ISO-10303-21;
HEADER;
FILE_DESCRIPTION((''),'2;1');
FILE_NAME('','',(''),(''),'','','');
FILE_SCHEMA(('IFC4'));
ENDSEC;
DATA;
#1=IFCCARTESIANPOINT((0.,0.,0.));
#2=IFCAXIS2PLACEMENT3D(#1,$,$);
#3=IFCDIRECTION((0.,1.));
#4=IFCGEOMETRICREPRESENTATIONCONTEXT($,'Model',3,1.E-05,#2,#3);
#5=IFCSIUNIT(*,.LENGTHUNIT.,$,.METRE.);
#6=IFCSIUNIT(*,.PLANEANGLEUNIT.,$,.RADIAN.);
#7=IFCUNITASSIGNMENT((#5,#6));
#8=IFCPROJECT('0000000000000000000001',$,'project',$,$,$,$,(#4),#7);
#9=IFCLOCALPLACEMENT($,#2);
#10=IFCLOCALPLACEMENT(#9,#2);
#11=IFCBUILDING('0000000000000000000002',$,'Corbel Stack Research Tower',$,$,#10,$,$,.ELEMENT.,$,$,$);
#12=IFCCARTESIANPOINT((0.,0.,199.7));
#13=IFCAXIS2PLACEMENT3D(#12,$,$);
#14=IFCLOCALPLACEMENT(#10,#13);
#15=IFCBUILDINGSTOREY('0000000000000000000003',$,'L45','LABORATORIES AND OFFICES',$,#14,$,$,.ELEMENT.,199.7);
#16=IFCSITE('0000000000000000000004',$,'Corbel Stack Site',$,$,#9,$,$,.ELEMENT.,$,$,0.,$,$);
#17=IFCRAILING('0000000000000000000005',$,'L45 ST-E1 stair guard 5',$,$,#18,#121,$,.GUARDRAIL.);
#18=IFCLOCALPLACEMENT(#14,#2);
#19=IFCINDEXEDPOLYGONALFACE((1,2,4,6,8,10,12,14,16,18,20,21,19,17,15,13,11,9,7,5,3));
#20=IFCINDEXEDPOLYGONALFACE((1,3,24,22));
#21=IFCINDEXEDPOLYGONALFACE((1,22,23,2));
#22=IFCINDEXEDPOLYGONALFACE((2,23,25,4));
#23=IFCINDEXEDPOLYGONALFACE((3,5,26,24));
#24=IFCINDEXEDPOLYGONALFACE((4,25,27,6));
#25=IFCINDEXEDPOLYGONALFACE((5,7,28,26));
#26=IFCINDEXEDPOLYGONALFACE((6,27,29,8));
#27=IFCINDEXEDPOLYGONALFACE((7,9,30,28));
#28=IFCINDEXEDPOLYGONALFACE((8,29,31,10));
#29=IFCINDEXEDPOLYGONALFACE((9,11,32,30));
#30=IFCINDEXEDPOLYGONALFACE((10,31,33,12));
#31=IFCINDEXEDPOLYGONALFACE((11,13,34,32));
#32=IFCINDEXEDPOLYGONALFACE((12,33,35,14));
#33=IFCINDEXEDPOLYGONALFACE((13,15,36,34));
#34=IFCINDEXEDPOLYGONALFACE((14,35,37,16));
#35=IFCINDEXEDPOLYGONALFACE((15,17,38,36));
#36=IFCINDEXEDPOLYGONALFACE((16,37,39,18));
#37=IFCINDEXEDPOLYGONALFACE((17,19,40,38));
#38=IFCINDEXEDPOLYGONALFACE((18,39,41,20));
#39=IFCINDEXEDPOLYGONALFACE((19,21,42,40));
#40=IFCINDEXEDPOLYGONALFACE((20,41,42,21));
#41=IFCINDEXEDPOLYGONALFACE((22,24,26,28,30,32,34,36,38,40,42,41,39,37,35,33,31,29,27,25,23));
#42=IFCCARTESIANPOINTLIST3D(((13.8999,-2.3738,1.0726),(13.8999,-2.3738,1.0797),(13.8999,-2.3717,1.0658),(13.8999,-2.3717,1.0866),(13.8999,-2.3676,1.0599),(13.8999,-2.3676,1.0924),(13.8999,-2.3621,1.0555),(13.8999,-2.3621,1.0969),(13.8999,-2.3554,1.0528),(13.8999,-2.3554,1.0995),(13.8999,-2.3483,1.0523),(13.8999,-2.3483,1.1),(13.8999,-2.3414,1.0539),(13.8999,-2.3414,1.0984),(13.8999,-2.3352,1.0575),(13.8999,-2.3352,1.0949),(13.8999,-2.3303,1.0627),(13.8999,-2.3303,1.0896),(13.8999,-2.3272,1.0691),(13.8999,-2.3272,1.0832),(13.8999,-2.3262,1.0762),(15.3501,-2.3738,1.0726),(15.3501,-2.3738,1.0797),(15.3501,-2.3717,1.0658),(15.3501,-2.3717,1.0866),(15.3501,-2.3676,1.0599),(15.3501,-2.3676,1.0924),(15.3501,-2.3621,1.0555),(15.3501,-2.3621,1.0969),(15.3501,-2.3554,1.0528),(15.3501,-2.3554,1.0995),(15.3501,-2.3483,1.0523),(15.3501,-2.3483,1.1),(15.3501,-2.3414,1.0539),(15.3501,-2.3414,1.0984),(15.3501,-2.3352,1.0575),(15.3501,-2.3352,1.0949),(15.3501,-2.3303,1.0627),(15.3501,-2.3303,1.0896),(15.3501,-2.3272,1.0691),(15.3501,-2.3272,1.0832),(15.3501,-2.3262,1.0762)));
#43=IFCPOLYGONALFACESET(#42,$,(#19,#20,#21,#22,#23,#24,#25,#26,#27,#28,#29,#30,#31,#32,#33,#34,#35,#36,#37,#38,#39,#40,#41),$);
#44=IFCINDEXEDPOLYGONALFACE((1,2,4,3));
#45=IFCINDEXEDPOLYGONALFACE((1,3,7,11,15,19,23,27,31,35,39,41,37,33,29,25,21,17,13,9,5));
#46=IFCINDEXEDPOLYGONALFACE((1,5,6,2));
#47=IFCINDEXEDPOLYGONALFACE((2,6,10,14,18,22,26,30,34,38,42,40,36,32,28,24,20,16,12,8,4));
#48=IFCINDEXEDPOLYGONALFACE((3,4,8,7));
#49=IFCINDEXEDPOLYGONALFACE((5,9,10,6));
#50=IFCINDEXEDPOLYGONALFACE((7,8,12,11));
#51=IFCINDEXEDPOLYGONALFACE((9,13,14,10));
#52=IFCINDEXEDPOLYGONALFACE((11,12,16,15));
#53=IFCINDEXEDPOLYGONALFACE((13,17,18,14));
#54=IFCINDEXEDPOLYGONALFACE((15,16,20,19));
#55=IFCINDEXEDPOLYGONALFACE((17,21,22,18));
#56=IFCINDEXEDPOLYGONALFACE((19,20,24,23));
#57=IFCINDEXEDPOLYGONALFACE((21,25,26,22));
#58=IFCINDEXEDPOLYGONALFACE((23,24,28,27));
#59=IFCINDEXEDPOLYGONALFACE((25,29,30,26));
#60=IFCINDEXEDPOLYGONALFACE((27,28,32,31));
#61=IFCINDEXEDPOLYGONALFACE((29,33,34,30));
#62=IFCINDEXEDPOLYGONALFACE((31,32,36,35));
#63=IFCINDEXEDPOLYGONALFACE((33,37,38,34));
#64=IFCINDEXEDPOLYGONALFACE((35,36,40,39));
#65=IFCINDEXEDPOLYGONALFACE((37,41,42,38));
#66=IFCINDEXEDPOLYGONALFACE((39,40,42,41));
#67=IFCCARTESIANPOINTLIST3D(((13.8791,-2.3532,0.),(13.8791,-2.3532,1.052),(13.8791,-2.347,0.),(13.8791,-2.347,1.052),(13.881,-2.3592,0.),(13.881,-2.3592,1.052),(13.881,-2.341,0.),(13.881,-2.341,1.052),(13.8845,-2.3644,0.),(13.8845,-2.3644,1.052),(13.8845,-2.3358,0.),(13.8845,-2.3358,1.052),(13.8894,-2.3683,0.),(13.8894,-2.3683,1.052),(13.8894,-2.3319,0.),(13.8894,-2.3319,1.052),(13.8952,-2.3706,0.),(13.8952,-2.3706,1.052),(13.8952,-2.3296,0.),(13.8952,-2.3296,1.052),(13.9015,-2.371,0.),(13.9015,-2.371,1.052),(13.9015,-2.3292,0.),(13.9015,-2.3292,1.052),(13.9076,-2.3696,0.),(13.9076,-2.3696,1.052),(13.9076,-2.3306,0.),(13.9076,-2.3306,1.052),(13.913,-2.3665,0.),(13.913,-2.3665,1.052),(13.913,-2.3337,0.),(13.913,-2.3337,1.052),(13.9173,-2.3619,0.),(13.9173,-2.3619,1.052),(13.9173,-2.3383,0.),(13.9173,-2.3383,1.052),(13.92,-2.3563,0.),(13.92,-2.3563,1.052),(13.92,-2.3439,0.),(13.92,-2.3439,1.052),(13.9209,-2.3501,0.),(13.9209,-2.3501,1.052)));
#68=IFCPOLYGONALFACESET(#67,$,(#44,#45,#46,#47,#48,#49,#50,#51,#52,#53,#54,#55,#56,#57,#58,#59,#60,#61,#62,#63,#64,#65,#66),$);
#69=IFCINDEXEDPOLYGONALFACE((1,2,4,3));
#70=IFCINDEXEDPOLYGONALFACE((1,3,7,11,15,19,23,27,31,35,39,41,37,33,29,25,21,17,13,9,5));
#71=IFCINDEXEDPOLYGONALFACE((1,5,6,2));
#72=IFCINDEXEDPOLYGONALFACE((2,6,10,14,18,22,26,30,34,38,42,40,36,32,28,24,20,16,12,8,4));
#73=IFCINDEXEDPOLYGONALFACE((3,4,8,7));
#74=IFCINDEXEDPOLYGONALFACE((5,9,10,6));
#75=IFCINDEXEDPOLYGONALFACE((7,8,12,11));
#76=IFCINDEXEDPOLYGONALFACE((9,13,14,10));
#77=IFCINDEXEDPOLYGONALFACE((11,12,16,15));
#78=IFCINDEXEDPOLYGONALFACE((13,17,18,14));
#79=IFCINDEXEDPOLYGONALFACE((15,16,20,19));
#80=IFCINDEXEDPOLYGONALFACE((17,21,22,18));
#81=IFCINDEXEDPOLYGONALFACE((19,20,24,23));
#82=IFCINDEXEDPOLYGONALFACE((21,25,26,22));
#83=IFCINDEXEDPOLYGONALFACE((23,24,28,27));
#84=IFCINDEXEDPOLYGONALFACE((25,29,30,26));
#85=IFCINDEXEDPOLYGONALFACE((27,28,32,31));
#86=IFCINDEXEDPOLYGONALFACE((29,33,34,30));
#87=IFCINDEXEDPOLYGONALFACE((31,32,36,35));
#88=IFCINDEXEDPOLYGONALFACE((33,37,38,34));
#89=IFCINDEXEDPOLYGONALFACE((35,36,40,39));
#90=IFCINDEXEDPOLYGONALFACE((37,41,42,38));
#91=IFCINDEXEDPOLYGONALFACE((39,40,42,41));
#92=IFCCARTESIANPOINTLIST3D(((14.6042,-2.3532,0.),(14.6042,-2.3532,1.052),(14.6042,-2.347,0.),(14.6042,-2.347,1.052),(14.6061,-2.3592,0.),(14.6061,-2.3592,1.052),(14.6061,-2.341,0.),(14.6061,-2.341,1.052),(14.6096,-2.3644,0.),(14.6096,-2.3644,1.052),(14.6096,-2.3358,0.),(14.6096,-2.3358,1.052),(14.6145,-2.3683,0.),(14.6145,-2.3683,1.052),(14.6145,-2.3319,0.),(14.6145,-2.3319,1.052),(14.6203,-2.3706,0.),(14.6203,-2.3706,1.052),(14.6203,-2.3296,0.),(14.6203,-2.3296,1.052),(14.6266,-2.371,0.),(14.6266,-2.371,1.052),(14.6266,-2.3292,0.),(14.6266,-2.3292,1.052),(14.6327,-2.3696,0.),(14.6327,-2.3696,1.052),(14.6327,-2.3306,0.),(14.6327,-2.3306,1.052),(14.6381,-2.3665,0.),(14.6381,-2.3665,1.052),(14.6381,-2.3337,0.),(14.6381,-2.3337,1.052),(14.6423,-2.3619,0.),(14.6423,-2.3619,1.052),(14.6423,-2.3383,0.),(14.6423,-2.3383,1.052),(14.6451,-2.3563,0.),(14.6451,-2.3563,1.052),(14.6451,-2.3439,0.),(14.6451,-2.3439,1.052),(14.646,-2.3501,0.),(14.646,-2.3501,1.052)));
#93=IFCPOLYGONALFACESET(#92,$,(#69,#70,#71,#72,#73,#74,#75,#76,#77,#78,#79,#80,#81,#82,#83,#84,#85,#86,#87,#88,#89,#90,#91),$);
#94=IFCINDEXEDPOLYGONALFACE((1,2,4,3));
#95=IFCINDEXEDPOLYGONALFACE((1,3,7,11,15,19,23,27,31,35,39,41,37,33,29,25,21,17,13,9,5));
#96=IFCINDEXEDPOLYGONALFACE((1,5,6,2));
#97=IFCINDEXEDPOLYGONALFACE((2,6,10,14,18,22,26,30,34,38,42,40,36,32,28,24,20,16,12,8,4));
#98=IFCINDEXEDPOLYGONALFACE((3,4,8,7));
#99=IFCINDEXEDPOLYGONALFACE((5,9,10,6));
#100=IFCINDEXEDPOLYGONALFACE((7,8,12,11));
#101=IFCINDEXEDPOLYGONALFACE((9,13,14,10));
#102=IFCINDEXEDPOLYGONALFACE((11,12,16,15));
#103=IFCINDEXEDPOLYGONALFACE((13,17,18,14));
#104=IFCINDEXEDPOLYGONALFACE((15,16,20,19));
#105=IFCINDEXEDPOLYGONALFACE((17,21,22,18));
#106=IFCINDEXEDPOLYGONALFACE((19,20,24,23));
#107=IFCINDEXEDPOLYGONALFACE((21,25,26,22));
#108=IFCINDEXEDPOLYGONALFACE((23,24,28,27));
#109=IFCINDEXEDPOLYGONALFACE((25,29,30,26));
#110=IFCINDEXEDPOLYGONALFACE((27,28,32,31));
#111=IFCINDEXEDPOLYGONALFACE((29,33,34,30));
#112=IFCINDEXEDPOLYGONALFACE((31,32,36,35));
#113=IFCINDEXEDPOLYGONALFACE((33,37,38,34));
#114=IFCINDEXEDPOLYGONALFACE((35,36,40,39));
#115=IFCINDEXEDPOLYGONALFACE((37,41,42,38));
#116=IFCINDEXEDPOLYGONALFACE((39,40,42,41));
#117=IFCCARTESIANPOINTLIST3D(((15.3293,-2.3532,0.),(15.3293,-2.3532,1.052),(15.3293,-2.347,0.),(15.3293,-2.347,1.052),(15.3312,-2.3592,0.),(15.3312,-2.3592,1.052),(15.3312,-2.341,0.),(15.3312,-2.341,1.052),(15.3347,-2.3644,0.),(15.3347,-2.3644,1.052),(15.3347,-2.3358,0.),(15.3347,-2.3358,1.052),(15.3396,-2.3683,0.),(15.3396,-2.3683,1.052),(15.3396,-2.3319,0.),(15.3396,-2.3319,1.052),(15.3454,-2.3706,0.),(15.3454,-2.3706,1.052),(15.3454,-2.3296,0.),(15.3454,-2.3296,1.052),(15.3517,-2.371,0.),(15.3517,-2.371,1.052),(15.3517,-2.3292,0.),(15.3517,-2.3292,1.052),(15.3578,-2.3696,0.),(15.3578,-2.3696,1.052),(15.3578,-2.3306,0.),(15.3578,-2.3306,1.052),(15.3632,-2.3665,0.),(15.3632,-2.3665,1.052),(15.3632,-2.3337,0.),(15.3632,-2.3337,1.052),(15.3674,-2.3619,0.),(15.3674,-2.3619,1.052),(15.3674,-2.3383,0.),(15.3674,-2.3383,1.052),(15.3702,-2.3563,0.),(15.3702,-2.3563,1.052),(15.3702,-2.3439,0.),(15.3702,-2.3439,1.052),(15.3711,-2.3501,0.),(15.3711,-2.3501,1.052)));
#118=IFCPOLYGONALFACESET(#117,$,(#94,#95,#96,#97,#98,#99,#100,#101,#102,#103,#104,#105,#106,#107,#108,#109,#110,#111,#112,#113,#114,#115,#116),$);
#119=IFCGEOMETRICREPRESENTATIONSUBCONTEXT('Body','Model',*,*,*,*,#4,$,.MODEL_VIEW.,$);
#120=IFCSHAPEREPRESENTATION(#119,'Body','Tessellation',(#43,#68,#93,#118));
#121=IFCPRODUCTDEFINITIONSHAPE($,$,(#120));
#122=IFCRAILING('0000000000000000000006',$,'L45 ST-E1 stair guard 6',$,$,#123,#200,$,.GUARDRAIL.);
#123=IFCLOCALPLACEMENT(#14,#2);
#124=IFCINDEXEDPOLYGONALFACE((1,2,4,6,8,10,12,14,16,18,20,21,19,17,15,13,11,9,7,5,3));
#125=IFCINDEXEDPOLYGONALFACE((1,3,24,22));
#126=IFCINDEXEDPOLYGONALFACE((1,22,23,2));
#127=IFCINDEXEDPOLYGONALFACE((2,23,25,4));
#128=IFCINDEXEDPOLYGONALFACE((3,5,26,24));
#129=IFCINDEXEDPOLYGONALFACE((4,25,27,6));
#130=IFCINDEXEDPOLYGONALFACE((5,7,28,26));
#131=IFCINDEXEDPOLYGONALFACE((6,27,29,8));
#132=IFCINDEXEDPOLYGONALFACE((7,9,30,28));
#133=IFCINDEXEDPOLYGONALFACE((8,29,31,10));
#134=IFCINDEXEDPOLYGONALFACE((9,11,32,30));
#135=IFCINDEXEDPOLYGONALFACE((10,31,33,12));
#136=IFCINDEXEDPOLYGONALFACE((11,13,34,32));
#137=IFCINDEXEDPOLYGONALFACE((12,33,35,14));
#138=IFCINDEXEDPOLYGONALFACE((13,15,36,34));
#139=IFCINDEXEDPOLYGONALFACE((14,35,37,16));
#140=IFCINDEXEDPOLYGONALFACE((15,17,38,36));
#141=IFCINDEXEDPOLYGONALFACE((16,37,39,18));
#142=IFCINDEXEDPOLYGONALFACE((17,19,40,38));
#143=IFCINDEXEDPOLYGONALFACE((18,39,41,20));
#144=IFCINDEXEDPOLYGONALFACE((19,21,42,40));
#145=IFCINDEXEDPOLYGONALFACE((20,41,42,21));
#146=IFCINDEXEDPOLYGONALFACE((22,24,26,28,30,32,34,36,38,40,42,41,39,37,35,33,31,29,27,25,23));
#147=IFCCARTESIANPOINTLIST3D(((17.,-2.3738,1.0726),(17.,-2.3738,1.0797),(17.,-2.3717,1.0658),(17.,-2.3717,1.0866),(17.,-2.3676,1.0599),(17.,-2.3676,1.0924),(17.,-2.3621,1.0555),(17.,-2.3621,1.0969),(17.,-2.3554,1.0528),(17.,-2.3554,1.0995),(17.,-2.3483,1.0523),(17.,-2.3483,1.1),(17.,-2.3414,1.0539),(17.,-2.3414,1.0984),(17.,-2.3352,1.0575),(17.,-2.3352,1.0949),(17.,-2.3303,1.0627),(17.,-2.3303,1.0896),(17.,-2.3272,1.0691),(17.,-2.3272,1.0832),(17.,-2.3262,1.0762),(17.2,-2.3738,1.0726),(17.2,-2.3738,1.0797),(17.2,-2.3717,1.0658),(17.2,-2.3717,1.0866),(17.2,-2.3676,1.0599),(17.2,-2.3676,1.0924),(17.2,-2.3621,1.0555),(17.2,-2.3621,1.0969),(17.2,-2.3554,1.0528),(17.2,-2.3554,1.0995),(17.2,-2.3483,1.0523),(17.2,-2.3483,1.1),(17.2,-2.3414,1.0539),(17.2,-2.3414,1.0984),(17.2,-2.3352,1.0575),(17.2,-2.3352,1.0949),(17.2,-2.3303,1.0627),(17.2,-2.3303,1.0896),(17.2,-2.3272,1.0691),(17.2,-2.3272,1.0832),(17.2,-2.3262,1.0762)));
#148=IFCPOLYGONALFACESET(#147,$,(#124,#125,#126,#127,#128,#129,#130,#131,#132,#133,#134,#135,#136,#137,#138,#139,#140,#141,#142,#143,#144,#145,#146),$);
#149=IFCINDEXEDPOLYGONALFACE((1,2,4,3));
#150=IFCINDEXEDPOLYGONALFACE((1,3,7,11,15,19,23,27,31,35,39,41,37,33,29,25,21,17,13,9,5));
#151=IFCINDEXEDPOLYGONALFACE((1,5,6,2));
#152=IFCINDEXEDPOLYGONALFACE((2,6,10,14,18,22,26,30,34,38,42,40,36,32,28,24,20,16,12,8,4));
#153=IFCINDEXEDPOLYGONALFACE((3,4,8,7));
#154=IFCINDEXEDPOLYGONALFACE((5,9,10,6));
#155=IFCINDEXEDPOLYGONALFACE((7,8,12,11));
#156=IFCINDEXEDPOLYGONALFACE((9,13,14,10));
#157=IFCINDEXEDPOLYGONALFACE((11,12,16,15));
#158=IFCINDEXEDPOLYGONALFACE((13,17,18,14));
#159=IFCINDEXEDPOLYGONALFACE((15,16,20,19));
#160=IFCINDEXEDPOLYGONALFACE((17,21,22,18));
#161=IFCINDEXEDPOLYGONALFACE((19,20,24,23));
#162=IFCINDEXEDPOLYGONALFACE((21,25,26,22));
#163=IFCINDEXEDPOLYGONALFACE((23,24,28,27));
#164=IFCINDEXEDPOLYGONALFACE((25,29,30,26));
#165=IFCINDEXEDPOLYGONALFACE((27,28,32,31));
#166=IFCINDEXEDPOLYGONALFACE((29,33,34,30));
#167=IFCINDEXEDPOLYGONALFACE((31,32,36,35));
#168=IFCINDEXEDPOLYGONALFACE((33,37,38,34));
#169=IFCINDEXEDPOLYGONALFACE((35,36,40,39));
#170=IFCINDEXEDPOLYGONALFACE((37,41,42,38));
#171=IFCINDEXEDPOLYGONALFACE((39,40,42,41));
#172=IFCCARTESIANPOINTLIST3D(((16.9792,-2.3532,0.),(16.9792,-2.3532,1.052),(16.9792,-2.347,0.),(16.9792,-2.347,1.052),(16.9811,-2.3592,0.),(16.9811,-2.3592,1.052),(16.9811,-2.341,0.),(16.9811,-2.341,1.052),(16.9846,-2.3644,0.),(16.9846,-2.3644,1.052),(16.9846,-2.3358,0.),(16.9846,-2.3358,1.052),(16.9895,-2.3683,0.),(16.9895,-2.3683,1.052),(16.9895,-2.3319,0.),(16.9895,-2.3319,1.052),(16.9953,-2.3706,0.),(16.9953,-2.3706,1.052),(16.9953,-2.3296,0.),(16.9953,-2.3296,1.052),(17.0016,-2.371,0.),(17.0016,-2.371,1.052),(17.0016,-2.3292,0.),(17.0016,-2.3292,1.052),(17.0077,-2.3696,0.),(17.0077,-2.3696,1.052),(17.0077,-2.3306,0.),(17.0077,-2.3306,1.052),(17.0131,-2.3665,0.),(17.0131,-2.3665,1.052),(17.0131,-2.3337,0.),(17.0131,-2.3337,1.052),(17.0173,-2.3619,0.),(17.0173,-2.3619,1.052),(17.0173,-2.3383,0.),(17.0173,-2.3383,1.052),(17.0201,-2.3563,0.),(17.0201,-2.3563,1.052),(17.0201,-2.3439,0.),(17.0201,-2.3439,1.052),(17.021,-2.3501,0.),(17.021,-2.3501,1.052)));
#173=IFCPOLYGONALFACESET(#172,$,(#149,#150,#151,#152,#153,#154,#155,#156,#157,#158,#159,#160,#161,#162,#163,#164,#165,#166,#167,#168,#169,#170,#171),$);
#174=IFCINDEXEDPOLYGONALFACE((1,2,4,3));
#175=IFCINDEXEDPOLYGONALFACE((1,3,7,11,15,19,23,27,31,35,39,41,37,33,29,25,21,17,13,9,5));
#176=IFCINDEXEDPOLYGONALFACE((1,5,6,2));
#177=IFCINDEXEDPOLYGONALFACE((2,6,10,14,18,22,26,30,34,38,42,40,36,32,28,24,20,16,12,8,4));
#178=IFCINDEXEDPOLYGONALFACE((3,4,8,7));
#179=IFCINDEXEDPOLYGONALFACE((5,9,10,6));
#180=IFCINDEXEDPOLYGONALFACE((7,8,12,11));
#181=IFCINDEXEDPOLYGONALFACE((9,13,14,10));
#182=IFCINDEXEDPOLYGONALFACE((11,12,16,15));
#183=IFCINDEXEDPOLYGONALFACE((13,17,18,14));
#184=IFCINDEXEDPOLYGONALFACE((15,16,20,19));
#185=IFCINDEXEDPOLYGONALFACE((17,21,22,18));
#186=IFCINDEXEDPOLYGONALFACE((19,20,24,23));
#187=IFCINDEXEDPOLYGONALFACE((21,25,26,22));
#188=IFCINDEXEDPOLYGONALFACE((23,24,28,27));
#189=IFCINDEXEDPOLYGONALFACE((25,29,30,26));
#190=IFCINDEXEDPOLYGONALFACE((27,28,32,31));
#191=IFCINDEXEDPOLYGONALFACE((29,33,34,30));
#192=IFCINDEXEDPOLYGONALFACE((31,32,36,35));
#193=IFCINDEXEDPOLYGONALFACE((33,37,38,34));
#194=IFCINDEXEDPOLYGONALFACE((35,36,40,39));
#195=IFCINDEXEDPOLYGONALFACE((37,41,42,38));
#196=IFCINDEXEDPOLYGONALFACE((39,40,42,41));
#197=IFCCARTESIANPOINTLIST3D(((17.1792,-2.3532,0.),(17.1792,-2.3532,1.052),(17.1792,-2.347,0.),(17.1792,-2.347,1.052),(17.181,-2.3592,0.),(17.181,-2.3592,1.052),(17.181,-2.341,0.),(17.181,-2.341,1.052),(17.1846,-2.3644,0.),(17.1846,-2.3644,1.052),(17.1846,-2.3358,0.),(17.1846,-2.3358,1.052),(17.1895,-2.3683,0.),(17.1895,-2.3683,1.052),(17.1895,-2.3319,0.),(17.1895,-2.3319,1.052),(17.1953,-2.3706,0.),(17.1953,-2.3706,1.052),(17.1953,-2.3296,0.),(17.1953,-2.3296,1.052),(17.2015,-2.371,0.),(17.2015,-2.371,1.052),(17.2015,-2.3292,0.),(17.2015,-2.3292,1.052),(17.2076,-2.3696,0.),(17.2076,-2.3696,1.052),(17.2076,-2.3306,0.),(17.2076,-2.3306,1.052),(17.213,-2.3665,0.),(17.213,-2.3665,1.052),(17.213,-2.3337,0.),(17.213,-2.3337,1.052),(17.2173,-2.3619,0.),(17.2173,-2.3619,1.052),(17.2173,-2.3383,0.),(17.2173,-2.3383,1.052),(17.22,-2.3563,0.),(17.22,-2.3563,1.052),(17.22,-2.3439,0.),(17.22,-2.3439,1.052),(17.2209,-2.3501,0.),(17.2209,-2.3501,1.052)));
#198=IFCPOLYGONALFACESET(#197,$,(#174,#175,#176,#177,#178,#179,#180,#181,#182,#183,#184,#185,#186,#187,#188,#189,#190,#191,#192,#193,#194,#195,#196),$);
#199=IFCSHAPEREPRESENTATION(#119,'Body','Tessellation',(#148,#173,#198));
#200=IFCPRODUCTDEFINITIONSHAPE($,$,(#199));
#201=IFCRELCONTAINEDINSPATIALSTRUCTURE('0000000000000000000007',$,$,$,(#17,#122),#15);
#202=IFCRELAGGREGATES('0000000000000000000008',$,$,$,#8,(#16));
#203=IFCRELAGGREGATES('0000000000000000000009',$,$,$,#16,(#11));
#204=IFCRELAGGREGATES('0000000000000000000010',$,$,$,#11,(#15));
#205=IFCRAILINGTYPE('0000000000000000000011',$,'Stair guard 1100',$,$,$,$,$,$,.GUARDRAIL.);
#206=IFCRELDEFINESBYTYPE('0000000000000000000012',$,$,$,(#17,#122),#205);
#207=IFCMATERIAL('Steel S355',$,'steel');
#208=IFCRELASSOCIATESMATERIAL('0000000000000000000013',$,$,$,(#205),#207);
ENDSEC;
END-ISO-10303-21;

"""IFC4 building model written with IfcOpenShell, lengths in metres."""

from ifc_helpers import new_model, si_unit, direction, frame, origin, origin_2d, place, context, subcontext, project, spatial, circle, extrude, material, type_object, element, save


model = new_model("IFC4")

# Units and contexts
model_context = context("Model", 3, precision=1e-05, world=origin(), true_north=direction((0.0, 1.0)))
body_context = subcontext(model_context, "Body", "Model", "MODEL_VIEW")
ifc_project = project(units=[si_unit("LENGTHUNIT", "METRE"), si_unit("PLANEANGLEUNIT", "RADIAN")], contexts=[model_context])

# Site, building, storey
site_placement = place(None, origin())
site = spatial("IfcSite", under=ifc_project, at=site_placement, Name="Corbel Stack Site", CompositionType="ELEMENT", RefElevation=0.0)
building_placement = place(site_placement, origin())
building = spatial("IfcBuilding", under=site, at=building_placement, Name="Corbel Stack Research Tower", CompositionType="ELEMENT")
storey_placement = place(building_placement, frame((0.0, 0.0, 199.7)))
storey = spatial("IfcBuildingStorey", under=building, at=storey_placement, Name="L45", Description="LABORATORIES AND OFFICES", CompositionType="ELEMENT", Elevation=199.7)

# Railings
ifc_material_1 = material(Name="Steel S355", Category="steel")
railing_type_1 = type_object("IfcRailingType", Name="Stair guard 1100", PredefinedType="GUARDRAIL", material=ifc_material_1)
railing_1_placement = place(storey_placement, frame((13.8999, -2.3501, 0.0)))
element("IfcRailing", 1, at=railing_1_placement, inside=storey, type_object=railing_type_1, Name="L45 ST-E1 stair guard 5", PredefinedType="GUARDRAIL", context=body_context, shape_type="SweptSolid", body=[
    extrude(circle(Radius=0.0239, at=origin_2d()), frame((0.0, 0.0, 1.0762), z_axis=(1.0, 0.0, 0.0), x_axis=(0.0, 1.0, 0.0)), (0.0, 0.0, 1.0), 1.4502),
    extrude(circle(Radius=0.021, at=origin_2d()), origin(), (0.0, 0.0, 1.0), 1.052),
    extrude(circle(Radius=0.021, at=origin_2d()), frame((0.7251, 0.0, 0.0)), (0.0, 0.0, 1.0), 1.052),
    extrude(circle(Radius=0.021, at=origin_2d()), frame((1.4502, 0.0, 0.0)), (0.0, 0.0, 1.0), 1.052),
])
railing_2_placement = place(storey_placement, frame((17.0, -2.3501, 0.0)))
element("IfcRailing", 2, at=railing_2_placement, inside=storey, type_object=railing_type_1, Name="L45 ST-E1 stair guard 6", PredefinedType="GUARDRAIL", context=body_context, shape_type="SweptSolid", body=[
    extrude(circle(Radius=0.0239, at=origin_2d()), frame((0.0, 0.0, 1.0762), z_axis=(1.0, 0.0, 0.0), x_axis=(0.0, 1.0, 0.0)), (0.0, 0.0, 1.0), 0.2),
    extrude(circle(Radius=0.021, at=origin_2d()), origin(), (0.0, 0.0, 1.0), 1.052),
    extrude(circle(Radius=0.021, at=origin_2d()), frame((0.2, 0.0, 0.0)), (0.0, 0.0, 1.0), 1.052),
])

save(model, "model.ifc")
